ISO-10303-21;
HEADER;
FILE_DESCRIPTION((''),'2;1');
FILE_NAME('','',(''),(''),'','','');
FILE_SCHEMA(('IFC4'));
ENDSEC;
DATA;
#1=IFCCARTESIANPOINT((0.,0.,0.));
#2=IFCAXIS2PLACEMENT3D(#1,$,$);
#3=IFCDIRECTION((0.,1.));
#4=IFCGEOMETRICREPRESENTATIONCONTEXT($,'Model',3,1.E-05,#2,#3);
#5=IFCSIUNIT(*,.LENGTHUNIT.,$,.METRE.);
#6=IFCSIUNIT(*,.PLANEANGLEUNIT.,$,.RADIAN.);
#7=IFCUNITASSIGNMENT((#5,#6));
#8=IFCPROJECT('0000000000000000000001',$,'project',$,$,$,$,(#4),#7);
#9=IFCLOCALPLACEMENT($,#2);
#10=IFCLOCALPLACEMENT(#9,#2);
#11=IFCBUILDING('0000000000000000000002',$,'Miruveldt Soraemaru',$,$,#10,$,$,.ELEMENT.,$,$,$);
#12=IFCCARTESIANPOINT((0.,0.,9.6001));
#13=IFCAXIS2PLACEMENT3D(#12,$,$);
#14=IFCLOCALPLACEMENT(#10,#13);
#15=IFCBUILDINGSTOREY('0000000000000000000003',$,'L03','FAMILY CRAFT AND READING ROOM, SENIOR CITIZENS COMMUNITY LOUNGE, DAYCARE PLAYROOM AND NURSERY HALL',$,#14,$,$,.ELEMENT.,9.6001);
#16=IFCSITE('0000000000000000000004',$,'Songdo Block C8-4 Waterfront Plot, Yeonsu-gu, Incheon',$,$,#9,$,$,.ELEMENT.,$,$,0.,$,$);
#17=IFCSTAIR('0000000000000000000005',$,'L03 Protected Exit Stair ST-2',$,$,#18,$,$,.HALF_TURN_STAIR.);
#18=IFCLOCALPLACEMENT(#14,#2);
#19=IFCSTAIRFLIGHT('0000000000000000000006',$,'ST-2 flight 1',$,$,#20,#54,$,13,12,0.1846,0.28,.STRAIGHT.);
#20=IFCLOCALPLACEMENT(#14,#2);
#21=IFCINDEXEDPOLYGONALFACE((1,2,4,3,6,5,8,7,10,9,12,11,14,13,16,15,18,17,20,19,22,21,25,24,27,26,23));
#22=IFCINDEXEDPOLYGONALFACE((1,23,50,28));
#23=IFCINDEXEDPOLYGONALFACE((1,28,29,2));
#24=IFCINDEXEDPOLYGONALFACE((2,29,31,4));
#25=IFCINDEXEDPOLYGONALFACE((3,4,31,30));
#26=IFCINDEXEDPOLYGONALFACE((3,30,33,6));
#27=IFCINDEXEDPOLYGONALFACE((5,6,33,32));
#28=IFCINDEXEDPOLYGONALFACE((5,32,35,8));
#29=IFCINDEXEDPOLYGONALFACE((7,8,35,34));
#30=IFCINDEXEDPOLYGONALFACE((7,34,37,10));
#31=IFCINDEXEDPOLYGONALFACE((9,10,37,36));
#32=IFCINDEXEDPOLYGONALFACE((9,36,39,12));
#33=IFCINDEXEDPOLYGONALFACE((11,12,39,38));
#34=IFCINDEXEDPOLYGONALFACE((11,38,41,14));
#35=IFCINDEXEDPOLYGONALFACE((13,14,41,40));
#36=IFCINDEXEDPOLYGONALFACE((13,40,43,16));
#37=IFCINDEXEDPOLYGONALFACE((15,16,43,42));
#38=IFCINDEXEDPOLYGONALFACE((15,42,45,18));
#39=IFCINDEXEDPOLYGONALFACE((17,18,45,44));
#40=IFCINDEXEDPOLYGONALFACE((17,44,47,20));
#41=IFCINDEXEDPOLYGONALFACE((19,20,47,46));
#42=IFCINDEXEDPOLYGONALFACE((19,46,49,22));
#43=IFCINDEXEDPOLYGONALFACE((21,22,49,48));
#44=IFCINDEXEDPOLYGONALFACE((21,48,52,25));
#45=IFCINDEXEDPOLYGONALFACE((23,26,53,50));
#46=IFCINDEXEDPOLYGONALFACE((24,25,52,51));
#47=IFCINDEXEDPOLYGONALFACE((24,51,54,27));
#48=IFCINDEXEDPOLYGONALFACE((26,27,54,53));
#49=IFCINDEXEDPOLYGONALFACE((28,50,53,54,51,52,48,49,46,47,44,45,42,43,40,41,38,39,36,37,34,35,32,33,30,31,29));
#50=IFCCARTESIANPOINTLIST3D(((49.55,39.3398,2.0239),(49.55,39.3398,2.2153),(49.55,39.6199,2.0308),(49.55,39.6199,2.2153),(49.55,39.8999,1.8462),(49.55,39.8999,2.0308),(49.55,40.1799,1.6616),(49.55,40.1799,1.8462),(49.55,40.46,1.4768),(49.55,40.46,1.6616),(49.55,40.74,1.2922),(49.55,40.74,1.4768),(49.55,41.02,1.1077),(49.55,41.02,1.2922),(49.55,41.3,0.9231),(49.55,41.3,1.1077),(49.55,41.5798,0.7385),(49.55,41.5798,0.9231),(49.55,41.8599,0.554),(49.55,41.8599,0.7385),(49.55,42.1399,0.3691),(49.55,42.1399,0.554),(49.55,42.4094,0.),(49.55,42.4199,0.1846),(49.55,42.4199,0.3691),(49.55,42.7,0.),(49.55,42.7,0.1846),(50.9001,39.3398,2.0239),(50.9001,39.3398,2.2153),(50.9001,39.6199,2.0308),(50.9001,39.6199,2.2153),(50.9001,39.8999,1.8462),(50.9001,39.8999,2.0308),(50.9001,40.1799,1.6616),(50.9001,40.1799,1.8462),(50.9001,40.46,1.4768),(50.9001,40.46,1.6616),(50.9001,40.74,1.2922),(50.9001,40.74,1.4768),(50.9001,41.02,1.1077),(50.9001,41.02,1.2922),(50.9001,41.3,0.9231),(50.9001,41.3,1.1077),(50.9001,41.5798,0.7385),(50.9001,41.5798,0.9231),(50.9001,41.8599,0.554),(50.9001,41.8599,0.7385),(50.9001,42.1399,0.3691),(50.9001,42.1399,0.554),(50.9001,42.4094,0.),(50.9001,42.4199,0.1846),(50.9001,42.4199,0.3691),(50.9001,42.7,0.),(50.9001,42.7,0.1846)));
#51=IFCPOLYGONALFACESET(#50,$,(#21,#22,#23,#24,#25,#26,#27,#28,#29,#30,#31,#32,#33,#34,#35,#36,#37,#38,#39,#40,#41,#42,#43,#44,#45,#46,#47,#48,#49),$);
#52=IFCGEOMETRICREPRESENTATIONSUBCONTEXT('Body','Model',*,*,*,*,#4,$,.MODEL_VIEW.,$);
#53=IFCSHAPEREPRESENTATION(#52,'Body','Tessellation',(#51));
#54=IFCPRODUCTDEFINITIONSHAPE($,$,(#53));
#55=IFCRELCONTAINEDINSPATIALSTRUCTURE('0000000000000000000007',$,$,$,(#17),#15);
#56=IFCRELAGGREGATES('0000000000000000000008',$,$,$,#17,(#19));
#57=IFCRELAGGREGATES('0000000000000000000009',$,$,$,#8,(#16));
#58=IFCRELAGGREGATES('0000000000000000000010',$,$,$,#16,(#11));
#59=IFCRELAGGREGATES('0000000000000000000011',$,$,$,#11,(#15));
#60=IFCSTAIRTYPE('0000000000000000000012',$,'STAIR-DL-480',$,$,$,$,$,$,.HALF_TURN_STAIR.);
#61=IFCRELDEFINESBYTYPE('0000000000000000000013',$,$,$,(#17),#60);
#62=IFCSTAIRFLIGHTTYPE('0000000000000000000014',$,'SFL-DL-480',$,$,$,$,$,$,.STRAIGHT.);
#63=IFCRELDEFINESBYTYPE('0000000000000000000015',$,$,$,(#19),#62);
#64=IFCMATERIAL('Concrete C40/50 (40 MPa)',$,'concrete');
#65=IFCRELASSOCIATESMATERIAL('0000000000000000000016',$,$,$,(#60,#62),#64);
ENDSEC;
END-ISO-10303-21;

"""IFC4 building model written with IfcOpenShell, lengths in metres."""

from ifc_helpers import new_model, si_unit, direction, frame, origin, place, context, subcontext, project, spatial, polyline, outline, extrude, material, type_object, element, aggregate, save


model = new_model("IFC4")

# Units and contexts
model_context = context("Model", 3, precision=1e-05, world=origin(), true_north=direction((0.0, 1.0)))
body_context = subcontext(model_context, "Body", "Model", "MODEL_VIEW")
ifc_project = project(units=[si_unit("LENGTHUNIT", "METRE"), si_unit("PLANEANGLEUNIT", "RADIAN")], contexts=[model_context])

# Site, building, storey
site_placement = place(None, origin())
site = spatial("IfcSite", under=ifc_project, at=site_placement, Name="Songdo Block C8-4 Waterfront Plot, Yeonsu-gu, Incheon", CompositionType="ELEMENT", RefElevation=0.0)
building_placement = place(site_placement, origin())
building = spatial("IfcBuilding", under=site, at=building_placement, Name="Miruveldt Soraemaru", CompositionType="ELEMENT")
storey_placement = place(building_placement, frame((0.0, 0.0, 9.6001)))
storey = spatial("IfcBuildingStorey", under=building, at=storey_placement, Name="L03", Description="FAMILY CRAFT AND READING ROOM, SENIOR CITIZENS COMMUNITY LOUNGE, DAYCARE PLAYROOM AND NURSERY HALL", CompositionType="ELEMENT", Elevation=9.6001)

# Shared definitions
ifc_material_1 = material(Name="Concrete C40/50 (40 MPa)", Category="concrete")

# Stair, stair flight
stair_type = type_object("IfcStairType", Name="STAIR-DL-480", PredefinedType="HALF_TURN_STAIR", material=ifc_material_1)
stair_placement = place(storey_placement, origin())
stair = element("IfcStair", 1, at=stair_placement, inside=storey, type_object=stair_type, Name="L03 Protected Exit Stair ST-2", PredefinedType="HALF_TURN_STAIR")
stair_flight_type = type_object("IfcStairFlightType", Name="SFL-DL-480", PredefinedType="STRAIGHT", material=ifc_material_1)
stair_flight_placement = place(storey_placement, frame((50.2251, 42.7, 0.0), z_axis=(0.0, 0.0, 1.0), x_axis=(0.0, -1.0, 0.0)))
stair_flight = element("IfcStairFlight", 2, at=stair_flight_placement, type_object=stair_flight_type, Name="ST-2 flight 1", NumberOfRisers=13, NumberOfTreads=12, PredefinedType="STRAIGHT", RiserHeight=0.1846, TreadLength=0.28, context=body_context, shape_type="SweptSolid", body=[
    extrude(outline(polyline([(0.0, 0.0), (0.0, 0.1846), (0.28, 0.1846), (0.28, 0.3691), (0.5601, 0.3691), (0.5601, 0.554), (0.8401, 0.554), (0.8401, 0.7385), (1.1201, 0.7385), (1.1201, 0.9231), (1.3999, 0.9231), (1.3999, 1.1077), (1.6799, 1.1077), (1.6799, 1.2922), (1.96, 1.2922), (1.96, 1.4768), (2.24, 1.4768), (2.24, 1.6616), (2.52, 1.6616), (2.52, 1.8462), (2.8, 1.8462), (2.8, 2.0308), (3.0801, 2.0308), (3.0801, 2.2153), (3.3601, 2.2153), (3.3601, 2.3999), (3.3601, 2.0239), (0.2905, 0.0), (0.0, 0.0)])), frame((0.0, 0.675, 0.0), z_axis=(0.0, -1.0, 0.0), x_axis=(1.0, 0.0, 0.0)), (0.0, 0.0, 1.0), 1.3501),
])
aggregate(stair, [stair_flight])

save(model, "model.ifc")
